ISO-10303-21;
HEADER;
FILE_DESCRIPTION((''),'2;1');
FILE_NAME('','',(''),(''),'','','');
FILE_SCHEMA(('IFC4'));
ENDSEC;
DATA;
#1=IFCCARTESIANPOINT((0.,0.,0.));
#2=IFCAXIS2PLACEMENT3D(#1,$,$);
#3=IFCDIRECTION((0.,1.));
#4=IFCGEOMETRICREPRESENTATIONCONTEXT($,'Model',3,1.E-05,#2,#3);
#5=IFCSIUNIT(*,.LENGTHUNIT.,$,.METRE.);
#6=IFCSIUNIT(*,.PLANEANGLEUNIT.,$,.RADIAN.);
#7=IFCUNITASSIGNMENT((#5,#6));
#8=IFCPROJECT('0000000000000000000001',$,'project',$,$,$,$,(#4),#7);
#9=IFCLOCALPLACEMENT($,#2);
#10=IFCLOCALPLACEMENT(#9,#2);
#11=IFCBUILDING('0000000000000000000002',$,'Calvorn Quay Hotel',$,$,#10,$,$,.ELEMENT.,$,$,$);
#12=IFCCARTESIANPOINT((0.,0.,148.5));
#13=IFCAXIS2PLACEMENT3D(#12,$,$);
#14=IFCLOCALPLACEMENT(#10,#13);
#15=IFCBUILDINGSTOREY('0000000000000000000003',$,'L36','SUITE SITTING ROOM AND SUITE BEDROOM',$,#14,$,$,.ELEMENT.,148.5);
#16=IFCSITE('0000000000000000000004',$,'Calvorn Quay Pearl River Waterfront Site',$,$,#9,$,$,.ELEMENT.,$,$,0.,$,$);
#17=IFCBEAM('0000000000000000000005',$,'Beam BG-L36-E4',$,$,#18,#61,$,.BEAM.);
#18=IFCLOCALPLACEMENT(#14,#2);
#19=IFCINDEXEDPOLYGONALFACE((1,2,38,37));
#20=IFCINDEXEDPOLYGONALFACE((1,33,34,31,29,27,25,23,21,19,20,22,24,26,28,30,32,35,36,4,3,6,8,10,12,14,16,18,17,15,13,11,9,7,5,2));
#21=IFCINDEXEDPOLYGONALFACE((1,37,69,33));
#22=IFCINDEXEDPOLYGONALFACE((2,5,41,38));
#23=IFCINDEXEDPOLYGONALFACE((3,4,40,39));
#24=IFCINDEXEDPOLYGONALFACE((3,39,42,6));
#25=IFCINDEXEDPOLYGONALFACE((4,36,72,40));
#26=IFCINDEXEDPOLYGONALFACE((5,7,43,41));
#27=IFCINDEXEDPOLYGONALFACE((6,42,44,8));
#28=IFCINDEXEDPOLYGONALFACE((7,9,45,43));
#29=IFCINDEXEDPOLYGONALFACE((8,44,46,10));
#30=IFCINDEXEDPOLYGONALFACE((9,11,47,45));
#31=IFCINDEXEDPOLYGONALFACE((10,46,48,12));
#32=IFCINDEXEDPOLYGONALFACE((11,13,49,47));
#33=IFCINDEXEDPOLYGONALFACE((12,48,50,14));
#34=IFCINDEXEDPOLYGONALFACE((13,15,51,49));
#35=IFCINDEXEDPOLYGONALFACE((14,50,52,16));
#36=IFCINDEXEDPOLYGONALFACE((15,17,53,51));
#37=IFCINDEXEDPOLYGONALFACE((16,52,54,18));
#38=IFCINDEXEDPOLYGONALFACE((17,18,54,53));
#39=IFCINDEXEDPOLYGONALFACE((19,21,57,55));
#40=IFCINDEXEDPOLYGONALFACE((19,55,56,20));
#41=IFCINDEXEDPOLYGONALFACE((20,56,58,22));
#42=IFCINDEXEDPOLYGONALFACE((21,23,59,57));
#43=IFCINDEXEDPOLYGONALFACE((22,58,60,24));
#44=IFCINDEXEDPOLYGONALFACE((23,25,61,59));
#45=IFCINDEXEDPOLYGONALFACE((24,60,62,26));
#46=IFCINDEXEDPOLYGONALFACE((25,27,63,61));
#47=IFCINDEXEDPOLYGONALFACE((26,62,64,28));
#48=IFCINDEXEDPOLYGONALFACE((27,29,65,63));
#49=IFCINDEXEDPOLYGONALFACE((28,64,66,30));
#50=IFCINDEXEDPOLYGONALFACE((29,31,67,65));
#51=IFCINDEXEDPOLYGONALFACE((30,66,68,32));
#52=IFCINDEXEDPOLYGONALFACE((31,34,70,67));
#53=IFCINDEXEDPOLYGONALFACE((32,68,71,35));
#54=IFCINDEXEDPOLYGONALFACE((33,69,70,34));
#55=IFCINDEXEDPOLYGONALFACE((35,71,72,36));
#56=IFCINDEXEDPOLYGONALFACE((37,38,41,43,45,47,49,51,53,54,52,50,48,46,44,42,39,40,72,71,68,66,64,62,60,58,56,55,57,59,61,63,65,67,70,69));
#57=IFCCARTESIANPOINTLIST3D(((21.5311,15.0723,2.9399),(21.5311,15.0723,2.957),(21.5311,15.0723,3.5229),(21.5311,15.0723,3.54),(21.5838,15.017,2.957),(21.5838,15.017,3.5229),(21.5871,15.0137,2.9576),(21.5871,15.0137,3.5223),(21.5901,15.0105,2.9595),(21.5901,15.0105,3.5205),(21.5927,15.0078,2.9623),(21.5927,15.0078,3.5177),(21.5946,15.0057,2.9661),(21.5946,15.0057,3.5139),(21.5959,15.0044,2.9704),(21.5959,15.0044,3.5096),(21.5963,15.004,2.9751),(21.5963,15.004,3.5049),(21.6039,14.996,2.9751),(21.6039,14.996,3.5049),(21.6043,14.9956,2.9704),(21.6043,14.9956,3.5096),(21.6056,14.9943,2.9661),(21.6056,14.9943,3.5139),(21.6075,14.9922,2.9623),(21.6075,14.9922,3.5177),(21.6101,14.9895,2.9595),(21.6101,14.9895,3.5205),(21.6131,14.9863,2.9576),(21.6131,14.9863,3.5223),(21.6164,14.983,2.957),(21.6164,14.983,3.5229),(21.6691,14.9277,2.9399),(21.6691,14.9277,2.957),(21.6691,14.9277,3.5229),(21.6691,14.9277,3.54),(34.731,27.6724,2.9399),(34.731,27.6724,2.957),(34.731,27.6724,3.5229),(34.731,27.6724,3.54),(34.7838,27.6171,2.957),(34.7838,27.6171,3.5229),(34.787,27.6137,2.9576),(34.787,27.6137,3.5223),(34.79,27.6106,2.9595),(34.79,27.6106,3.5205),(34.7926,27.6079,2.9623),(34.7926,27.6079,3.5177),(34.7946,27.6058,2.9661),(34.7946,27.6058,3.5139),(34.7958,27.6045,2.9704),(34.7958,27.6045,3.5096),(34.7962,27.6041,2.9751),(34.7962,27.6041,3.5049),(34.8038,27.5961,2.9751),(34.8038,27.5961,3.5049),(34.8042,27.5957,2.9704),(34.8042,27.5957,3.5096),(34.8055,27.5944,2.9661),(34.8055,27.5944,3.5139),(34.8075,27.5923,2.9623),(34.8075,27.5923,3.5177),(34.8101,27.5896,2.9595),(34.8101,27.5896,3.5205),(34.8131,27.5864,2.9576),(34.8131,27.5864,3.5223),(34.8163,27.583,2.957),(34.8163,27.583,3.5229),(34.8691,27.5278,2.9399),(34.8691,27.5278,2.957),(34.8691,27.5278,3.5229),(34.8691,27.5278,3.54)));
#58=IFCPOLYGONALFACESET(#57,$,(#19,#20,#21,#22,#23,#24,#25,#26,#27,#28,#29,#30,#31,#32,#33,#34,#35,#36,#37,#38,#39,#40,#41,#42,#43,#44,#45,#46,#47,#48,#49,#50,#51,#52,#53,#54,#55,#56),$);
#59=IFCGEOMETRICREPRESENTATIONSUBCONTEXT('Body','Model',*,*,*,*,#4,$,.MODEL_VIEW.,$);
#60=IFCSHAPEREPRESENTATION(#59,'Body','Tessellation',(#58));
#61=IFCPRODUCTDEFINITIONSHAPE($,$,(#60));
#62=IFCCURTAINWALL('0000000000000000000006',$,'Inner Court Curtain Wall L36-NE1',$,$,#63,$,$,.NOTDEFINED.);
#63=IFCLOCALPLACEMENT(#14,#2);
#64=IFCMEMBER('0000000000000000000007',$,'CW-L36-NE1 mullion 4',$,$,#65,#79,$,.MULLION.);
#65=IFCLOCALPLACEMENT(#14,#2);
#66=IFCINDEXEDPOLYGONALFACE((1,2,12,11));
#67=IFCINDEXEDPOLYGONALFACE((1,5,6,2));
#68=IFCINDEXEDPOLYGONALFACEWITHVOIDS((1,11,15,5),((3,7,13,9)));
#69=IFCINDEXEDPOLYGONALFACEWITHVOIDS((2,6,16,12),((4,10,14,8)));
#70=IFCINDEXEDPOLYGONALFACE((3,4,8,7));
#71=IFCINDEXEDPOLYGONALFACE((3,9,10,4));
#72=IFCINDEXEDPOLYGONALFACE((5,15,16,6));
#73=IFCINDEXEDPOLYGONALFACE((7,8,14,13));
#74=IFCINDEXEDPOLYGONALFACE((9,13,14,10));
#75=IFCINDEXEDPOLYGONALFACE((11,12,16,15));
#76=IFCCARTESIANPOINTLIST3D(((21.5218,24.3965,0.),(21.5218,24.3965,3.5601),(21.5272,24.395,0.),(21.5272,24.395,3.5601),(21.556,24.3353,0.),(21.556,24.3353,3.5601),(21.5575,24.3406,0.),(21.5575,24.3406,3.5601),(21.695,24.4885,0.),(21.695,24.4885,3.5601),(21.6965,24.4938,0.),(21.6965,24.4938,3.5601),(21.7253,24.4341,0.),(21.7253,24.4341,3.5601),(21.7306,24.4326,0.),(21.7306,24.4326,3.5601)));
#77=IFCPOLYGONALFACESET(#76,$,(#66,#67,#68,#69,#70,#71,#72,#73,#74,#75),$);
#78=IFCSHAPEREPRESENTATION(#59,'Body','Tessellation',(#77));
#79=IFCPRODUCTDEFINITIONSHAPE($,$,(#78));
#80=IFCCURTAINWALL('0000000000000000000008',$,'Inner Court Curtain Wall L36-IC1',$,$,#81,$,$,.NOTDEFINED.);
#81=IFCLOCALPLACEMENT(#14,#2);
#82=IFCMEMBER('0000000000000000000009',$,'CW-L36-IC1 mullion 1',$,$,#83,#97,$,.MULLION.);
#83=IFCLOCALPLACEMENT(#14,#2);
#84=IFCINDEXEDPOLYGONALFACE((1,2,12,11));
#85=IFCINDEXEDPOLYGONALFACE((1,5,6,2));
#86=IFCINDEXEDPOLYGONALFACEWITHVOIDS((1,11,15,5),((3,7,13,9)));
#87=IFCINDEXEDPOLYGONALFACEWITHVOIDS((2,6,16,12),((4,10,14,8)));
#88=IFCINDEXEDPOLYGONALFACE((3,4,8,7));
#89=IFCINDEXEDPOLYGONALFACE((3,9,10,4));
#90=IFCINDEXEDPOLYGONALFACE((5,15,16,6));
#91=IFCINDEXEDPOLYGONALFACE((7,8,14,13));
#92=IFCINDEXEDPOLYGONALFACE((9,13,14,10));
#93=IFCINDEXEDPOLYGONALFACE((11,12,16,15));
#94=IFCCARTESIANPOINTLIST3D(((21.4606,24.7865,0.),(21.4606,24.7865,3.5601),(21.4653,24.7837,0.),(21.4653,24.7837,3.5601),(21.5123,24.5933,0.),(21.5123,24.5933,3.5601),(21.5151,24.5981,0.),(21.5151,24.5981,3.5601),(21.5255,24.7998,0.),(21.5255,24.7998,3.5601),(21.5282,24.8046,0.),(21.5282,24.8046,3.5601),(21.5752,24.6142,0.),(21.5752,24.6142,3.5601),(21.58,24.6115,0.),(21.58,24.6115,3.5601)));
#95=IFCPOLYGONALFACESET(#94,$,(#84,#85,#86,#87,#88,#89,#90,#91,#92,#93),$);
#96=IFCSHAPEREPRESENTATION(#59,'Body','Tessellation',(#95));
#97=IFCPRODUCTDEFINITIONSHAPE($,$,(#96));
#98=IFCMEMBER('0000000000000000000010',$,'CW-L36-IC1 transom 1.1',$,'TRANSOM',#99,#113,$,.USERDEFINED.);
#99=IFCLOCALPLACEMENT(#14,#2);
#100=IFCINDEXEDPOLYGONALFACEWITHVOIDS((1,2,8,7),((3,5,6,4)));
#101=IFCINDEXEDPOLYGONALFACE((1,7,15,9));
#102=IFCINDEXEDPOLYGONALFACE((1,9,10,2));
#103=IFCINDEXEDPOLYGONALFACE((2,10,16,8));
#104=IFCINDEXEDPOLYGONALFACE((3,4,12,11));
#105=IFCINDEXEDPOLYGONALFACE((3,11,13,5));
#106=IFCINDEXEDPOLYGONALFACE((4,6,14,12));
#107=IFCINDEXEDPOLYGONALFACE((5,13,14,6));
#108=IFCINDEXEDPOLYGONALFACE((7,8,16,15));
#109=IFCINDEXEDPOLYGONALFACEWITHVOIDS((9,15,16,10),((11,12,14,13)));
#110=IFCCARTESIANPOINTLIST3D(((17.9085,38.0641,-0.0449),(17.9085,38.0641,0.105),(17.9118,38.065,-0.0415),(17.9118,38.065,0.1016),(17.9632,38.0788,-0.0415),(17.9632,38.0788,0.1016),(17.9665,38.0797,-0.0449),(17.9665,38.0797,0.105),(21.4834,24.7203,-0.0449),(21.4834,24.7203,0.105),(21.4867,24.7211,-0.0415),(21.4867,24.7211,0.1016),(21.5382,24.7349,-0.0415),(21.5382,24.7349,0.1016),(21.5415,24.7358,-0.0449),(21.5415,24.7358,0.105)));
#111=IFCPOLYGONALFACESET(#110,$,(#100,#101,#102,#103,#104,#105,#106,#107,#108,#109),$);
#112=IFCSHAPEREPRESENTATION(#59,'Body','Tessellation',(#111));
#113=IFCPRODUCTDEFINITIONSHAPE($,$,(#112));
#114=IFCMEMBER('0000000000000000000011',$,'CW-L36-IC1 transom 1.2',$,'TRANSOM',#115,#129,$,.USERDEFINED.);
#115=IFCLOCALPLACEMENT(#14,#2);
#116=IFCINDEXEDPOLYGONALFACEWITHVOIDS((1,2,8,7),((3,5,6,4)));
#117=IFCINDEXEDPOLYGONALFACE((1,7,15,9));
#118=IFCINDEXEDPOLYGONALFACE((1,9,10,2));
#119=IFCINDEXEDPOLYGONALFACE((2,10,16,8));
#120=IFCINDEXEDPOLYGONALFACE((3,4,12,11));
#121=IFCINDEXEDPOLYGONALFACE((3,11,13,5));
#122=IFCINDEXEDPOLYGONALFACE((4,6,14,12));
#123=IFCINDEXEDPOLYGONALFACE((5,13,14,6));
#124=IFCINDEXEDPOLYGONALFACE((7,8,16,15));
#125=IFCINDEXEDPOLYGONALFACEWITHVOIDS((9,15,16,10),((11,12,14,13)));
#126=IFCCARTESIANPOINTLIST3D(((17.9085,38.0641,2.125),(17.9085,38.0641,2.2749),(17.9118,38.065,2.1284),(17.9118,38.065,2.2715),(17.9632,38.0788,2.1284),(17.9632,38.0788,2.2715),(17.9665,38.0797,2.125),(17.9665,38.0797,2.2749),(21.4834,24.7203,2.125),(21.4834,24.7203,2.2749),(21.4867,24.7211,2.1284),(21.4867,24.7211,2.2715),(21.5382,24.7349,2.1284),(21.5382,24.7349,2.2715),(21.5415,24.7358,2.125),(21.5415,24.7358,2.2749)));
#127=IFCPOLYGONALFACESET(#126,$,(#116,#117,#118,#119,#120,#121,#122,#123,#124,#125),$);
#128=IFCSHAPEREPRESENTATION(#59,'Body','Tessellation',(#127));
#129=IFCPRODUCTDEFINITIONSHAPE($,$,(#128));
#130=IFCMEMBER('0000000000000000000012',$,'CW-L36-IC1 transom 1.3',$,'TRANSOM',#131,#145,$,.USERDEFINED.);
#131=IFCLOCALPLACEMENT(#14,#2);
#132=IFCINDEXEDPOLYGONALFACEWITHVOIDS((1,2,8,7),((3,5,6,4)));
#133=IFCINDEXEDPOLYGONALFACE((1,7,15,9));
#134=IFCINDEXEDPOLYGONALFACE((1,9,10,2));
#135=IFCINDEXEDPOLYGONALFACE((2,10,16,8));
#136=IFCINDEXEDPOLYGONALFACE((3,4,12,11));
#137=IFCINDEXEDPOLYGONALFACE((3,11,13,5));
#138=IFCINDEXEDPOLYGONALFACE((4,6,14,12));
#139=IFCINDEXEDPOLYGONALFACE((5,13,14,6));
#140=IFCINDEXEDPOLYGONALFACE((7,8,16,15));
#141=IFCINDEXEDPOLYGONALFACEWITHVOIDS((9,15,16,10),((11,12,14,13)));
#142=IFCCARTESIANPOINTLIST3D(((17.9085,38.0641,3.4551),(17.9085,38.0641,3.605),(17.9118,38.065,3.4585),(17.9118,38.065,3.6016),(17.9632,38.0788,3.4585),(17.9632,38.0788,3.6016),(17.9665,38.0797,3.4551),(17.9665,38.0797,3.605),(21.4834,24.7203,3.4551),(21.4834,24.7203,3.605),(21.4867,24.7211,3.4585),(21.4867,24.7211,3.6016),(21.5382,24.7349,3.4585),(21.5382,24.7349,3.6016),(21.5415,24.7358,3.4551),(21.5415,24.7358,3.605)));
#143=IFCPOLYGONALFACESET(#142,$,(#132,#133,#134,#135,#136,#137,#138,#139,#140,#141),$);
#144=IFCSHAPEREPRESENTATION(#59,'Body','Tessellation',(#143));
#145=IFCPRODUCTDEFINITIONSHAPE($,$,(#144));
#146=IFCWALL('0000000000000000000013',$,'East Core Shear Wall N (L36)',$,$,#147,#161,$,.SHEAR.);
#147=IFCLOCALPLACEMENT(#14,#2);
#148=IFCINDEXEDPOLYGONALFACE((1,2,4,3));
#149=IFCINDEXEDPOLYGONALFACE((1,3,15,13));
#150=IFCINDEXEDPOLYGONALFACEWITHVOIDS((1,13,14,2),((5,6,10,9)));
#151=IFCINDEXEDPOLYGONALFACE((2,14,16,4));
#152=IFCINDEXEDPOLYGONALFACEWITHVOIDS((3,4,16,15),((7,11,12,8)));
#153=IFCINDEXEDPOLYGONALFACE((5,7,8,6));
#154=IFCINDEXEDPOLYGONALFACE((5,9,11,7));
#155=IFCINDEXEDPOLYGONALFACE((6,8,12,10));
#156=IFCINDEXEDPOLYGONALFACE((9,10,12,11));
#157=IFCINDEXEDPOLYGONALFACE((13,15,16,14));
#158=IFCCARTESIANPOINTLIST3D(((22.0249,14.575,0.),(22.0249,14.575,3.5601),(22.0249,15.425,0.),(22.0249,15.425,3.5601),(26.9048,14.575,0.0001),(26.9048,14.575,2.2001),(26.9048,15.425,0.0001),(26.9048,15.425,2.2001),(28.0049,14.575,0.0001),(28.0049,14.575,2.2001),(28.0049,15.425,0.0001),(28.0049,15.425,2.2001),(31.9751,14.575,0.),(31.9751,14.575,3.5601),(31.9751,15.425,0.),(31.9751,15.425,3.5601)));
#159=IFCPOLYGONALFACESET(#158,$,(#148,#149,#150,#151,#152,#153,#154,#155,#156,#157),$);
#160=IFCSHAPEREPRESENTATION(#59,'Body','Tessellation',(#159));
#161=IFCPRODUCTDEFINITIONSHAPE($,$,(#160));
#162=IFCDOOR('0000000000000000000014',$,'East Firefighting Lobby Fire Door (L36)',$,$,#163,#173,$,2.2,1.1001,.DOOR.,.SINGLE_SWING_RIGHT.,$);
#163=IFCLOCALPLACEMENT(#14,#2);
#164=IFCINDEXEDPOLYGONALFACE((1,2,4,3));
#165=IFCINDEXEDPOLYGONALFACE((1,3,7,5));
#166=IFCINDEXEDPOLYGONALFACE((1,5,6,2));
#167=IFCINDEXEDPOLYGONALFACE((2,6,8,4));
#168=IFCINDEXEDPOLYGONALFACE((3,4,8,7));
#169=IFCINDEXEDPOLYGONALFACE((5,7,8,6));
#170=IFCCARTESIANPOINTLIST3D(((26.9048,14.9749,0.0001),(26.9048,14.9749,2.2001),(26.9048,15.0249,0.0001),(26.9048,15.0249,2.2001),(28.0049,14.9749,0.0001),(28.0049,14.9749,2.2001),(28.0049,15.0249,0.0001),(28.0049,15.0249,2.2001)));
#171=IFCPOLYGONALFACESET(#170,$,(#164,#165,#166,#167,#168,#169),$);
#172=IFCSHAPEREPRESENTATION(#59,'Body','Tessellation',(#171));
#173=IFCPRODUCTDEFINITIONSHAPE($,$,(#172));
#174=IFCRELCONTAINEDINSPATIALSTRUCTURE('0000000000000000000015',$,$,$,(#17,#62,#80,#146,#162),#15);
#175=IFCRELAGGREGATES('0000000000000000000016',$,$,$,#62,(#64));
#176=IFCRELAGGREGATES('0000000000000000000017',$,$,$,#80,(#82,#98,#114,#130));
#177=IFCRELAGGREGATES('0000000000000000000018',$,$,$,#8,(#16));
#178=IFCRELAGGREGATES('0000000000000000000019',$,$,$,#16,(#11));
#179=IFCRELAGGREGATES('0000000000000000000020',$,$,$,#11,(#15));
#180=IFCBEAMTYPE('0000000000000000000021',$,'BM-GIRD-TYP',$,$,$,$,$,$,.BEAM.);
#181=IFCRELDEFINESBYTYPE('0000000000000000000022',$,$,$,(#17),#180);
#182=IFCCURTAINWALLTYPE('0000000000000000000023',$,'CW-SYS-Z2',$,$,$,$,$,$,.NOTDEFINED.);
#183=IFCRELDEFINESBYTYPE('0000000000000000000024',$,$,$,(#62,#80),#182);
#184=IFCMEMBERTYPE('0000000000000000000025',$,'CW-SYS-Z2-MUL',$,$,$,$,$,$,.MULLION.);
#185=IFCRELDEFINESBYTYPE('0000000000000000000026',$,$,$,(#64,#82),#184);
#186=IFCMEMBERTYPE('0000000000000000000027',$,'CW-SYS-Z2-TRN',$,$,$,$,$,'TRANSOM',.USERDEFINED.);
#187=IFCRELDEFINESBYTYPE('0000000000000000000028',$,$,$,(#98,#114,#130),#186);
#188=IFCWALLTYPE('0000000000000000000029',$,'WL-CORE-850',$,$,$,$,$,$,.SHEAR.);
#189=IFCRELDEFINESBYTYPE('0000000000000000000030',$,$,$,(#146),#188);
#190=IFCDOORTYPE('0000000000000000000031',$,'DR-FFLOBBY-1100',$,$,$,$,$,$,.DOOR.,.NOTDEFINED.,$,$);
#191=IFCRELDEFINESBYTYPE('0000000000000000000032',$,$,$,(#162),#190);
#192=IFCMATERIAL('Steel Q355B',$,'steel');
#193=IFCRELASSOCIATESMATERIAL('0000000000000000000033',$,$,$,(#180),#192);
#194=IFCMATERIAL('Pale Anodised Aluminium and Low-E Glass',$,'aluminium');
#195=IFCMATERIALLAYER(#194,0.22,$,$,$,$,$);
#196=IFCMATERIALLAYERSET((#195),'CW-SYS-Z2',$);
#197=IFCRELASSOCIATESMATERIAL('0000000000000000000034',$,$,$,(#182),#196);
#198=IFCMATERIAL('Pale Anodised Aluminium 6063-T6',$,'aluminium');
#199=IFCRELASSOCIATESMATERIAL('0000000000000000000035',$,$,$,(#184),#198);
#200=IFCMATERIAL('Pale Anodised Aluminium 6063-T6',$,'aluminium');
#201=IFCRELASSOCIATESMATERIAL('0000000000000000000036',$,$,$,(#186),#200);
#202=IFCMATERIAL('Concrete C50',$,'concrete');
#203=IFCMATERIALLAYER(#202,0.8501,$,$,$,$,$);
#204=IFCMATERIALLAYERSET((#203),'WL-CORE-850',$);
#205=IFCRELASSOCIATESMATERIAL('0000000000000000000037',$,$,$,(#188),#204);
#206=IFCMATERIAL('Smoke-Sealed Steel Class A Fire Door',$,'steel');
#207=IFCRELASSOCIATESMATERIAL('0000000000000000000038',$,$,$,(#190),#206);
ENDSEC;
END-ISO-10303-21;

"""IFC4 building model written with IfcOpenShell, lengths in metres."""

from ifc_helpers import new_model, si_unit, direction, frame, frame_2d, origin, origin_2d, place, context, subcontext, project, spatial, rectangle, hollow_rectangle, i_section, extrude, material, layer, layer_set, material_profile, profile_set, type_object, element, fill, aggregate, save


model = new_model("IFC4")

# Units and contexts
model_context = context("Model", 3, precision=1e-05, world=origin(), true_north=direction((0.0, 1.0)))
body_context = subcontext(model_context, "Body", "Model", "MODEL_VIEW")
ifc_project = project(units=[si_unit("LENGTHUNIT", "METRE"), si_unit("PLANEANGLEUNIT", "RADIAN")], contexts=[model_context])

# Site, building, storey
site_placement = place(None, origin())
site = spatial("IfcSite", under=ifc_project, at=site_placement, Name="Calvorn Quay Pearl River Waterfront Site", CompositionType="ELEMENT", RefElevation=0.0)
building_placement = place(site_placement, origin())
building = spatial("IfcBuilding", under=site, at=building_placement, Name="Calvorn Quay Hotel", CompositionType="ELEMENT")
storey_placement = place(building_placement, frame((0.0, 0.0, 148.5)))
storey = spatial("IfcBuildingStorey", under=building, at=storey_placement, Name="L36", Description="SUITE SITTING ROOM AND SUITE BEDROOM", CompositionType="ELEMENT", Elevation=148.5)

# Beam
ifc_material_1 = material(Name="Steel Q355B", Category="steel")
ifc_material_profile_1 = material_profile(ifc_material_1, i_section(OverallWidth=0.2, OverallDepth=0.6001, WebThickness=0.011, FlangeThickness=0.0171, FilletRadius=0.0181, at=origin_2d()), Name="HN600x200x11x17")
ifc_profile_set_1 = profile_set([ifc_material_profile_1], Name="Steel Q355B")
beam_type = type_object("IfcBeamType", Name="BM-GIRD-TYP", PredefinedType="BEAM", material=ifc_profile_set_1)
beam_placement = place(storey_placement, frame((21.6001, 15.0, 3.24), z_axis=(0.723352, 0.69048, 0.0), x_axis=(-0.69048, 0.723352, 0.0)))
element("IfcBeam", 1, at=beam_placement, inside=storey, type_object=beam_type, Name="Beam BG-L36-E4", PredefinedType="BEAM", context=body_context, shape_type="SweptSolid", body=[
    extrude(i_section(OverallWidth=0.2, OverallDepth=0.6001, WebThickness=0.011, FlangeThickness=0.0171, FilletRadius=0.0181, at=origin_2d()), origin(), (0.0, 0.0, 1.0), 18.2483),
])

# Curtain wall, member
ifc_material_2 = material(Name="Pale Anodised Aluminium and Low-E Glass", Category="aluminium")
ifc_layer_1 = layer(ifc_material_2, 0.22)
ifc_layer_set_1 = layer_set([ifc_layer_1], Name="CW-SYS-Z2")
curtain_wall_type = type_object("IfcCurtainWallType", Name="CW-SYS-Z2", PredefinedType="NOTDEFINED", material=ifc_layer_set_1)
curtain_wall_1_placement = place(storey_placement, origin())
curtain_wall_1 = element("IfcCurtainWall", 2, at=curtain_wall_1_placement, inside=storey, type_object=curtain_wall_type, Name="Inner Court Curtain Wall L36-NE1", PredefinedType="NOTDEFINED")
ifc_material_3 = material(Name="Pale Anodised Aluminium 6063-T6", Category="aluminium")
ifc_material_profile_2 = material_profile(ifc_material_3, hollow_rectangle(XDim=0.0701, YDim=0.2, WallThickness=0.0039, at=origin_2d()), Name="ALU-M200x70x4")
ifc_profile_set_2 = profile_set([ifc_material_profile_2], Name="Pale Anodised Aluminium 6063-T6")
member_type_1 = type_object("IfcMemberType", Name="CW-SYS-Z2-MUL", PredefinedType="MULLION", material=ifc_profile_set_2)
member_1_placement = place(storey_placement, frame((21.6262, 24.4146, 0.0), z_axis=(0.0, 0.0, 1.0), x_axis=(0.486858, -0.873481, 0.0)))
member_1 = element("IfcMember", 3, at=member_1_placement, type_object=member_type_1, Name="CW-L36-NE1 mullion 4", PredefinedType="MULLION", context=body_context, shape_type="SweptSolid", body=[
    extrude(hollow_rectangle(XDim=0.0701, YDim=0.2, WallThickness=0.0039, at=origin_2d()), origin(), (0.0, 0.0, 1.0), 3.5601),
])
aggregate(curtain_wall_1, [member_1])

# Curtain wall, members
curtain_wall_2_placement = place(storey_placement, origin())
curtain_wall_2 = element("IfcCurtainWall", 4, at=curtain_wall_2_placement, inside=storey, type_object=curtain_wall_type, Name="Inner Court Curtain Wall L36-IC1", PredefinedType="NOTDEFINED")
member_2_placement = place(storey_placement, frame((21.5203, 24.699, 0.0), z_axis=(0.0, 0.0, 1.0), x_axis=(-0.965937, -0.258779, 0.0)))
member_2 = element("IfcMember", 5, at=member_2_placement, type_object=member_type_1, Name="CW-L36-IC1 mullion 1", PredefinedType="MULLION", context=body_context, shape_type="SweptSolid", body=[
    extrude(hollow_rectangle(XDim=0.0701, YDim=0.2, WallThickness=0.0039, at=origin_2d()), origin(), (0.0, 0.0, 1.0), 3.5601),
])
ifc_material_4 = material(Name="Pale Anodised Aluminium 6063-T6", Category="aluminium")
ifc_material_profile_3 = material_profile(ifc_material_4, hollow_rectangle(XDim=0.0601, YDim=0.1499, WallThickness=0.0034, at=origin_2d()), Name="ALU-T150x60x3.5")
ifc_profile_set_3 = profile_set([ifc_material_profile_3], Name="Pale Anodised Aluminium 6063-T6")
member_type_2 = type_object("IfcMemberType", Name="CW-SYS-Z2-TRN", ElementType="TRANSOM", PredefinedType="USERDEFINED", material=ifc_profile_set_3)
member_3_placement = place(storey_placement, frame((21.5125, 24.728, 0.03), z_axis=(-0.258781, 0.965936, 0.0), x_axis=(-0.965936, -0.258781, 0.0)))
member_3 = element("IfcMember", 6, at=member_3_placement, type_object=member_type_2, Name="CW-L36-IC1 transom 1.1", ObjectType="TRANSOM", PredefinedType="USERDEFINED", context=body_context, shape_type="SweptSolid", body=[
    extrude(hollow_rectangle(XDim=0.0601, YDim=0.1499, WallThickness=0.0034, at=origin_2d()), origin(), (0.0, 0.0, 1.0), 13.8145),
])
member_4_placement = place(storey_placement, frame((21.5125, 24.728, 2.2), z_axis=(-0.258781, 0.965936, 0.0), x_axis=(-0.965936, -0.258781, 0.0)))
member_4 = element("IfcMember", 7, at=member_4_placement, type_object=member_type_2, Name="CW-L36-IC1 transom 1.2", ObjectType="TRANSOM", PredefinedType="USERDEFINED", context=body_context, shape_type="SweptSolid", body=[
    extrude(hollow_rectangle(XDim=0.0601, YDim=0.1499, WallThickness=0.0034, at=origin_2d()), origin(), (0.0, 0.0, 1.0), 13.8145),
])
member_5_placement = place(storey_placement, frame((21.5125, 24.728, 3.53), z_axis=(-0.258781, 0.965936, 0.0), x_axis=(-0.965936, -0.258781, 0.0)))
member_5 = element("IfcMember", 8, at=member_5_placement, type_object=member_type_2, Name="CW-L36-IC1 transom 1.3", ObjectType="TRANSOM", PredefinedType="USERDEFINED", context=body_context, shape_type="SweptSolid", body=[
    extrude(hollow_rectangle(XDim=0.0601, YDim=0.1499, WallThickness=0.0034, at=origin_2d()), origin(), (0.0, 0.0, 1.0), 13.8145),
])
aggregate(curtain_wall_2, [member_2, member_3, member_4, member_5])

# Wall, opening, door
ifc_material_5 = material(Name="Concrete C50", Category="concrete")
ifc_layer_2 = layer(ifc_material_5, 0.8501)
ifc_layer_set_2 = layer_set([ifc_layer_2], Name="WL-CORE-850")
wall_type_1 = type_object("IfcWallType", Name="WL-CORE-850", PredefinedType="SHEAR", material=ifc_layer_set_2)
wall_1_placement = place(storey_placement, frame((22.0249, 15.0, 0.0), z_axis=(0.0, 0.0, 1.0), x_axis=(1.0, 0.0, 0.0)))
wall_1 = element("IfcWall", 9, at=wall_1_placement, inside=storey, type_object=wall_type_1, Name="East Core Shear Wall N (L36)", PredefinedType="SHEAR", context=body_context, shape_type="SweptSolid", body=[
    extrude(rectangle(XDim=9.9502, YDim=0.8501, at=frame_2d((4.9751, 0.0))), origin(), (0.0, 0.0, 1.0), 3.5601),
])
opening_1_placement = place(wall_1_placement, frame((4.8799, 0.0, 0.0)))
opening_1 = element("IfcOpeningElement", 10, at=opening_1_placement, cuts=wall_1, PredefinedType="OPENING", context=body_context, shape_type="SweptSolid", body=[
    extrude(rectangle(XDim=1.1001, YDim=2.2, at=frame_2d((0.55, 1.1001))), frame((0.0, 0.4351, 0.0), z_axis=(0.0, -1.0, 0.0), x_axis=(1.0, 0.0, 0.0)), (0.0, 0.0, 1.0), 0.8701),
])
ifc_material_6 = material(Name="Smoke-Sealed Steel Class A Fire Door", Category="steel")
door_type_1 = type_object("IfcDoorType", Name="DR-FFLOBBY-1100", OperationType="NOTDEFINED", PredefinedType="DOOR", material=ifc_material_6)
door_1_placement = place(opening_1_placement, origin())
door_1 = element("IfcDoor", 11, at=door_1_placement, inside=storey, type_object=door_type_1, Name="East Firefighting Lobby Fire Door (L36)", OperationType="SINGLE_SWING_RIGHT", OverallHeight=2.2, OverallWidth=1.1001, PredefinedType="DOOR", context=body_context, shape_type="SweptSolid", body=[
    extrude(rectangle(XDim=1.1001, YDim=2.2, at=frame_2d((0.55, 1.1001))), frame((0.0, 0.0249, 0.0), z_axis=(0.0, -1.0, 0.0), x_axis=(1.0, 0.0, 0.0)), (0.0, 0.0, 1.0), 0.05),
])
fill(opening_1, door_1)

save(model, "model.ifc")
